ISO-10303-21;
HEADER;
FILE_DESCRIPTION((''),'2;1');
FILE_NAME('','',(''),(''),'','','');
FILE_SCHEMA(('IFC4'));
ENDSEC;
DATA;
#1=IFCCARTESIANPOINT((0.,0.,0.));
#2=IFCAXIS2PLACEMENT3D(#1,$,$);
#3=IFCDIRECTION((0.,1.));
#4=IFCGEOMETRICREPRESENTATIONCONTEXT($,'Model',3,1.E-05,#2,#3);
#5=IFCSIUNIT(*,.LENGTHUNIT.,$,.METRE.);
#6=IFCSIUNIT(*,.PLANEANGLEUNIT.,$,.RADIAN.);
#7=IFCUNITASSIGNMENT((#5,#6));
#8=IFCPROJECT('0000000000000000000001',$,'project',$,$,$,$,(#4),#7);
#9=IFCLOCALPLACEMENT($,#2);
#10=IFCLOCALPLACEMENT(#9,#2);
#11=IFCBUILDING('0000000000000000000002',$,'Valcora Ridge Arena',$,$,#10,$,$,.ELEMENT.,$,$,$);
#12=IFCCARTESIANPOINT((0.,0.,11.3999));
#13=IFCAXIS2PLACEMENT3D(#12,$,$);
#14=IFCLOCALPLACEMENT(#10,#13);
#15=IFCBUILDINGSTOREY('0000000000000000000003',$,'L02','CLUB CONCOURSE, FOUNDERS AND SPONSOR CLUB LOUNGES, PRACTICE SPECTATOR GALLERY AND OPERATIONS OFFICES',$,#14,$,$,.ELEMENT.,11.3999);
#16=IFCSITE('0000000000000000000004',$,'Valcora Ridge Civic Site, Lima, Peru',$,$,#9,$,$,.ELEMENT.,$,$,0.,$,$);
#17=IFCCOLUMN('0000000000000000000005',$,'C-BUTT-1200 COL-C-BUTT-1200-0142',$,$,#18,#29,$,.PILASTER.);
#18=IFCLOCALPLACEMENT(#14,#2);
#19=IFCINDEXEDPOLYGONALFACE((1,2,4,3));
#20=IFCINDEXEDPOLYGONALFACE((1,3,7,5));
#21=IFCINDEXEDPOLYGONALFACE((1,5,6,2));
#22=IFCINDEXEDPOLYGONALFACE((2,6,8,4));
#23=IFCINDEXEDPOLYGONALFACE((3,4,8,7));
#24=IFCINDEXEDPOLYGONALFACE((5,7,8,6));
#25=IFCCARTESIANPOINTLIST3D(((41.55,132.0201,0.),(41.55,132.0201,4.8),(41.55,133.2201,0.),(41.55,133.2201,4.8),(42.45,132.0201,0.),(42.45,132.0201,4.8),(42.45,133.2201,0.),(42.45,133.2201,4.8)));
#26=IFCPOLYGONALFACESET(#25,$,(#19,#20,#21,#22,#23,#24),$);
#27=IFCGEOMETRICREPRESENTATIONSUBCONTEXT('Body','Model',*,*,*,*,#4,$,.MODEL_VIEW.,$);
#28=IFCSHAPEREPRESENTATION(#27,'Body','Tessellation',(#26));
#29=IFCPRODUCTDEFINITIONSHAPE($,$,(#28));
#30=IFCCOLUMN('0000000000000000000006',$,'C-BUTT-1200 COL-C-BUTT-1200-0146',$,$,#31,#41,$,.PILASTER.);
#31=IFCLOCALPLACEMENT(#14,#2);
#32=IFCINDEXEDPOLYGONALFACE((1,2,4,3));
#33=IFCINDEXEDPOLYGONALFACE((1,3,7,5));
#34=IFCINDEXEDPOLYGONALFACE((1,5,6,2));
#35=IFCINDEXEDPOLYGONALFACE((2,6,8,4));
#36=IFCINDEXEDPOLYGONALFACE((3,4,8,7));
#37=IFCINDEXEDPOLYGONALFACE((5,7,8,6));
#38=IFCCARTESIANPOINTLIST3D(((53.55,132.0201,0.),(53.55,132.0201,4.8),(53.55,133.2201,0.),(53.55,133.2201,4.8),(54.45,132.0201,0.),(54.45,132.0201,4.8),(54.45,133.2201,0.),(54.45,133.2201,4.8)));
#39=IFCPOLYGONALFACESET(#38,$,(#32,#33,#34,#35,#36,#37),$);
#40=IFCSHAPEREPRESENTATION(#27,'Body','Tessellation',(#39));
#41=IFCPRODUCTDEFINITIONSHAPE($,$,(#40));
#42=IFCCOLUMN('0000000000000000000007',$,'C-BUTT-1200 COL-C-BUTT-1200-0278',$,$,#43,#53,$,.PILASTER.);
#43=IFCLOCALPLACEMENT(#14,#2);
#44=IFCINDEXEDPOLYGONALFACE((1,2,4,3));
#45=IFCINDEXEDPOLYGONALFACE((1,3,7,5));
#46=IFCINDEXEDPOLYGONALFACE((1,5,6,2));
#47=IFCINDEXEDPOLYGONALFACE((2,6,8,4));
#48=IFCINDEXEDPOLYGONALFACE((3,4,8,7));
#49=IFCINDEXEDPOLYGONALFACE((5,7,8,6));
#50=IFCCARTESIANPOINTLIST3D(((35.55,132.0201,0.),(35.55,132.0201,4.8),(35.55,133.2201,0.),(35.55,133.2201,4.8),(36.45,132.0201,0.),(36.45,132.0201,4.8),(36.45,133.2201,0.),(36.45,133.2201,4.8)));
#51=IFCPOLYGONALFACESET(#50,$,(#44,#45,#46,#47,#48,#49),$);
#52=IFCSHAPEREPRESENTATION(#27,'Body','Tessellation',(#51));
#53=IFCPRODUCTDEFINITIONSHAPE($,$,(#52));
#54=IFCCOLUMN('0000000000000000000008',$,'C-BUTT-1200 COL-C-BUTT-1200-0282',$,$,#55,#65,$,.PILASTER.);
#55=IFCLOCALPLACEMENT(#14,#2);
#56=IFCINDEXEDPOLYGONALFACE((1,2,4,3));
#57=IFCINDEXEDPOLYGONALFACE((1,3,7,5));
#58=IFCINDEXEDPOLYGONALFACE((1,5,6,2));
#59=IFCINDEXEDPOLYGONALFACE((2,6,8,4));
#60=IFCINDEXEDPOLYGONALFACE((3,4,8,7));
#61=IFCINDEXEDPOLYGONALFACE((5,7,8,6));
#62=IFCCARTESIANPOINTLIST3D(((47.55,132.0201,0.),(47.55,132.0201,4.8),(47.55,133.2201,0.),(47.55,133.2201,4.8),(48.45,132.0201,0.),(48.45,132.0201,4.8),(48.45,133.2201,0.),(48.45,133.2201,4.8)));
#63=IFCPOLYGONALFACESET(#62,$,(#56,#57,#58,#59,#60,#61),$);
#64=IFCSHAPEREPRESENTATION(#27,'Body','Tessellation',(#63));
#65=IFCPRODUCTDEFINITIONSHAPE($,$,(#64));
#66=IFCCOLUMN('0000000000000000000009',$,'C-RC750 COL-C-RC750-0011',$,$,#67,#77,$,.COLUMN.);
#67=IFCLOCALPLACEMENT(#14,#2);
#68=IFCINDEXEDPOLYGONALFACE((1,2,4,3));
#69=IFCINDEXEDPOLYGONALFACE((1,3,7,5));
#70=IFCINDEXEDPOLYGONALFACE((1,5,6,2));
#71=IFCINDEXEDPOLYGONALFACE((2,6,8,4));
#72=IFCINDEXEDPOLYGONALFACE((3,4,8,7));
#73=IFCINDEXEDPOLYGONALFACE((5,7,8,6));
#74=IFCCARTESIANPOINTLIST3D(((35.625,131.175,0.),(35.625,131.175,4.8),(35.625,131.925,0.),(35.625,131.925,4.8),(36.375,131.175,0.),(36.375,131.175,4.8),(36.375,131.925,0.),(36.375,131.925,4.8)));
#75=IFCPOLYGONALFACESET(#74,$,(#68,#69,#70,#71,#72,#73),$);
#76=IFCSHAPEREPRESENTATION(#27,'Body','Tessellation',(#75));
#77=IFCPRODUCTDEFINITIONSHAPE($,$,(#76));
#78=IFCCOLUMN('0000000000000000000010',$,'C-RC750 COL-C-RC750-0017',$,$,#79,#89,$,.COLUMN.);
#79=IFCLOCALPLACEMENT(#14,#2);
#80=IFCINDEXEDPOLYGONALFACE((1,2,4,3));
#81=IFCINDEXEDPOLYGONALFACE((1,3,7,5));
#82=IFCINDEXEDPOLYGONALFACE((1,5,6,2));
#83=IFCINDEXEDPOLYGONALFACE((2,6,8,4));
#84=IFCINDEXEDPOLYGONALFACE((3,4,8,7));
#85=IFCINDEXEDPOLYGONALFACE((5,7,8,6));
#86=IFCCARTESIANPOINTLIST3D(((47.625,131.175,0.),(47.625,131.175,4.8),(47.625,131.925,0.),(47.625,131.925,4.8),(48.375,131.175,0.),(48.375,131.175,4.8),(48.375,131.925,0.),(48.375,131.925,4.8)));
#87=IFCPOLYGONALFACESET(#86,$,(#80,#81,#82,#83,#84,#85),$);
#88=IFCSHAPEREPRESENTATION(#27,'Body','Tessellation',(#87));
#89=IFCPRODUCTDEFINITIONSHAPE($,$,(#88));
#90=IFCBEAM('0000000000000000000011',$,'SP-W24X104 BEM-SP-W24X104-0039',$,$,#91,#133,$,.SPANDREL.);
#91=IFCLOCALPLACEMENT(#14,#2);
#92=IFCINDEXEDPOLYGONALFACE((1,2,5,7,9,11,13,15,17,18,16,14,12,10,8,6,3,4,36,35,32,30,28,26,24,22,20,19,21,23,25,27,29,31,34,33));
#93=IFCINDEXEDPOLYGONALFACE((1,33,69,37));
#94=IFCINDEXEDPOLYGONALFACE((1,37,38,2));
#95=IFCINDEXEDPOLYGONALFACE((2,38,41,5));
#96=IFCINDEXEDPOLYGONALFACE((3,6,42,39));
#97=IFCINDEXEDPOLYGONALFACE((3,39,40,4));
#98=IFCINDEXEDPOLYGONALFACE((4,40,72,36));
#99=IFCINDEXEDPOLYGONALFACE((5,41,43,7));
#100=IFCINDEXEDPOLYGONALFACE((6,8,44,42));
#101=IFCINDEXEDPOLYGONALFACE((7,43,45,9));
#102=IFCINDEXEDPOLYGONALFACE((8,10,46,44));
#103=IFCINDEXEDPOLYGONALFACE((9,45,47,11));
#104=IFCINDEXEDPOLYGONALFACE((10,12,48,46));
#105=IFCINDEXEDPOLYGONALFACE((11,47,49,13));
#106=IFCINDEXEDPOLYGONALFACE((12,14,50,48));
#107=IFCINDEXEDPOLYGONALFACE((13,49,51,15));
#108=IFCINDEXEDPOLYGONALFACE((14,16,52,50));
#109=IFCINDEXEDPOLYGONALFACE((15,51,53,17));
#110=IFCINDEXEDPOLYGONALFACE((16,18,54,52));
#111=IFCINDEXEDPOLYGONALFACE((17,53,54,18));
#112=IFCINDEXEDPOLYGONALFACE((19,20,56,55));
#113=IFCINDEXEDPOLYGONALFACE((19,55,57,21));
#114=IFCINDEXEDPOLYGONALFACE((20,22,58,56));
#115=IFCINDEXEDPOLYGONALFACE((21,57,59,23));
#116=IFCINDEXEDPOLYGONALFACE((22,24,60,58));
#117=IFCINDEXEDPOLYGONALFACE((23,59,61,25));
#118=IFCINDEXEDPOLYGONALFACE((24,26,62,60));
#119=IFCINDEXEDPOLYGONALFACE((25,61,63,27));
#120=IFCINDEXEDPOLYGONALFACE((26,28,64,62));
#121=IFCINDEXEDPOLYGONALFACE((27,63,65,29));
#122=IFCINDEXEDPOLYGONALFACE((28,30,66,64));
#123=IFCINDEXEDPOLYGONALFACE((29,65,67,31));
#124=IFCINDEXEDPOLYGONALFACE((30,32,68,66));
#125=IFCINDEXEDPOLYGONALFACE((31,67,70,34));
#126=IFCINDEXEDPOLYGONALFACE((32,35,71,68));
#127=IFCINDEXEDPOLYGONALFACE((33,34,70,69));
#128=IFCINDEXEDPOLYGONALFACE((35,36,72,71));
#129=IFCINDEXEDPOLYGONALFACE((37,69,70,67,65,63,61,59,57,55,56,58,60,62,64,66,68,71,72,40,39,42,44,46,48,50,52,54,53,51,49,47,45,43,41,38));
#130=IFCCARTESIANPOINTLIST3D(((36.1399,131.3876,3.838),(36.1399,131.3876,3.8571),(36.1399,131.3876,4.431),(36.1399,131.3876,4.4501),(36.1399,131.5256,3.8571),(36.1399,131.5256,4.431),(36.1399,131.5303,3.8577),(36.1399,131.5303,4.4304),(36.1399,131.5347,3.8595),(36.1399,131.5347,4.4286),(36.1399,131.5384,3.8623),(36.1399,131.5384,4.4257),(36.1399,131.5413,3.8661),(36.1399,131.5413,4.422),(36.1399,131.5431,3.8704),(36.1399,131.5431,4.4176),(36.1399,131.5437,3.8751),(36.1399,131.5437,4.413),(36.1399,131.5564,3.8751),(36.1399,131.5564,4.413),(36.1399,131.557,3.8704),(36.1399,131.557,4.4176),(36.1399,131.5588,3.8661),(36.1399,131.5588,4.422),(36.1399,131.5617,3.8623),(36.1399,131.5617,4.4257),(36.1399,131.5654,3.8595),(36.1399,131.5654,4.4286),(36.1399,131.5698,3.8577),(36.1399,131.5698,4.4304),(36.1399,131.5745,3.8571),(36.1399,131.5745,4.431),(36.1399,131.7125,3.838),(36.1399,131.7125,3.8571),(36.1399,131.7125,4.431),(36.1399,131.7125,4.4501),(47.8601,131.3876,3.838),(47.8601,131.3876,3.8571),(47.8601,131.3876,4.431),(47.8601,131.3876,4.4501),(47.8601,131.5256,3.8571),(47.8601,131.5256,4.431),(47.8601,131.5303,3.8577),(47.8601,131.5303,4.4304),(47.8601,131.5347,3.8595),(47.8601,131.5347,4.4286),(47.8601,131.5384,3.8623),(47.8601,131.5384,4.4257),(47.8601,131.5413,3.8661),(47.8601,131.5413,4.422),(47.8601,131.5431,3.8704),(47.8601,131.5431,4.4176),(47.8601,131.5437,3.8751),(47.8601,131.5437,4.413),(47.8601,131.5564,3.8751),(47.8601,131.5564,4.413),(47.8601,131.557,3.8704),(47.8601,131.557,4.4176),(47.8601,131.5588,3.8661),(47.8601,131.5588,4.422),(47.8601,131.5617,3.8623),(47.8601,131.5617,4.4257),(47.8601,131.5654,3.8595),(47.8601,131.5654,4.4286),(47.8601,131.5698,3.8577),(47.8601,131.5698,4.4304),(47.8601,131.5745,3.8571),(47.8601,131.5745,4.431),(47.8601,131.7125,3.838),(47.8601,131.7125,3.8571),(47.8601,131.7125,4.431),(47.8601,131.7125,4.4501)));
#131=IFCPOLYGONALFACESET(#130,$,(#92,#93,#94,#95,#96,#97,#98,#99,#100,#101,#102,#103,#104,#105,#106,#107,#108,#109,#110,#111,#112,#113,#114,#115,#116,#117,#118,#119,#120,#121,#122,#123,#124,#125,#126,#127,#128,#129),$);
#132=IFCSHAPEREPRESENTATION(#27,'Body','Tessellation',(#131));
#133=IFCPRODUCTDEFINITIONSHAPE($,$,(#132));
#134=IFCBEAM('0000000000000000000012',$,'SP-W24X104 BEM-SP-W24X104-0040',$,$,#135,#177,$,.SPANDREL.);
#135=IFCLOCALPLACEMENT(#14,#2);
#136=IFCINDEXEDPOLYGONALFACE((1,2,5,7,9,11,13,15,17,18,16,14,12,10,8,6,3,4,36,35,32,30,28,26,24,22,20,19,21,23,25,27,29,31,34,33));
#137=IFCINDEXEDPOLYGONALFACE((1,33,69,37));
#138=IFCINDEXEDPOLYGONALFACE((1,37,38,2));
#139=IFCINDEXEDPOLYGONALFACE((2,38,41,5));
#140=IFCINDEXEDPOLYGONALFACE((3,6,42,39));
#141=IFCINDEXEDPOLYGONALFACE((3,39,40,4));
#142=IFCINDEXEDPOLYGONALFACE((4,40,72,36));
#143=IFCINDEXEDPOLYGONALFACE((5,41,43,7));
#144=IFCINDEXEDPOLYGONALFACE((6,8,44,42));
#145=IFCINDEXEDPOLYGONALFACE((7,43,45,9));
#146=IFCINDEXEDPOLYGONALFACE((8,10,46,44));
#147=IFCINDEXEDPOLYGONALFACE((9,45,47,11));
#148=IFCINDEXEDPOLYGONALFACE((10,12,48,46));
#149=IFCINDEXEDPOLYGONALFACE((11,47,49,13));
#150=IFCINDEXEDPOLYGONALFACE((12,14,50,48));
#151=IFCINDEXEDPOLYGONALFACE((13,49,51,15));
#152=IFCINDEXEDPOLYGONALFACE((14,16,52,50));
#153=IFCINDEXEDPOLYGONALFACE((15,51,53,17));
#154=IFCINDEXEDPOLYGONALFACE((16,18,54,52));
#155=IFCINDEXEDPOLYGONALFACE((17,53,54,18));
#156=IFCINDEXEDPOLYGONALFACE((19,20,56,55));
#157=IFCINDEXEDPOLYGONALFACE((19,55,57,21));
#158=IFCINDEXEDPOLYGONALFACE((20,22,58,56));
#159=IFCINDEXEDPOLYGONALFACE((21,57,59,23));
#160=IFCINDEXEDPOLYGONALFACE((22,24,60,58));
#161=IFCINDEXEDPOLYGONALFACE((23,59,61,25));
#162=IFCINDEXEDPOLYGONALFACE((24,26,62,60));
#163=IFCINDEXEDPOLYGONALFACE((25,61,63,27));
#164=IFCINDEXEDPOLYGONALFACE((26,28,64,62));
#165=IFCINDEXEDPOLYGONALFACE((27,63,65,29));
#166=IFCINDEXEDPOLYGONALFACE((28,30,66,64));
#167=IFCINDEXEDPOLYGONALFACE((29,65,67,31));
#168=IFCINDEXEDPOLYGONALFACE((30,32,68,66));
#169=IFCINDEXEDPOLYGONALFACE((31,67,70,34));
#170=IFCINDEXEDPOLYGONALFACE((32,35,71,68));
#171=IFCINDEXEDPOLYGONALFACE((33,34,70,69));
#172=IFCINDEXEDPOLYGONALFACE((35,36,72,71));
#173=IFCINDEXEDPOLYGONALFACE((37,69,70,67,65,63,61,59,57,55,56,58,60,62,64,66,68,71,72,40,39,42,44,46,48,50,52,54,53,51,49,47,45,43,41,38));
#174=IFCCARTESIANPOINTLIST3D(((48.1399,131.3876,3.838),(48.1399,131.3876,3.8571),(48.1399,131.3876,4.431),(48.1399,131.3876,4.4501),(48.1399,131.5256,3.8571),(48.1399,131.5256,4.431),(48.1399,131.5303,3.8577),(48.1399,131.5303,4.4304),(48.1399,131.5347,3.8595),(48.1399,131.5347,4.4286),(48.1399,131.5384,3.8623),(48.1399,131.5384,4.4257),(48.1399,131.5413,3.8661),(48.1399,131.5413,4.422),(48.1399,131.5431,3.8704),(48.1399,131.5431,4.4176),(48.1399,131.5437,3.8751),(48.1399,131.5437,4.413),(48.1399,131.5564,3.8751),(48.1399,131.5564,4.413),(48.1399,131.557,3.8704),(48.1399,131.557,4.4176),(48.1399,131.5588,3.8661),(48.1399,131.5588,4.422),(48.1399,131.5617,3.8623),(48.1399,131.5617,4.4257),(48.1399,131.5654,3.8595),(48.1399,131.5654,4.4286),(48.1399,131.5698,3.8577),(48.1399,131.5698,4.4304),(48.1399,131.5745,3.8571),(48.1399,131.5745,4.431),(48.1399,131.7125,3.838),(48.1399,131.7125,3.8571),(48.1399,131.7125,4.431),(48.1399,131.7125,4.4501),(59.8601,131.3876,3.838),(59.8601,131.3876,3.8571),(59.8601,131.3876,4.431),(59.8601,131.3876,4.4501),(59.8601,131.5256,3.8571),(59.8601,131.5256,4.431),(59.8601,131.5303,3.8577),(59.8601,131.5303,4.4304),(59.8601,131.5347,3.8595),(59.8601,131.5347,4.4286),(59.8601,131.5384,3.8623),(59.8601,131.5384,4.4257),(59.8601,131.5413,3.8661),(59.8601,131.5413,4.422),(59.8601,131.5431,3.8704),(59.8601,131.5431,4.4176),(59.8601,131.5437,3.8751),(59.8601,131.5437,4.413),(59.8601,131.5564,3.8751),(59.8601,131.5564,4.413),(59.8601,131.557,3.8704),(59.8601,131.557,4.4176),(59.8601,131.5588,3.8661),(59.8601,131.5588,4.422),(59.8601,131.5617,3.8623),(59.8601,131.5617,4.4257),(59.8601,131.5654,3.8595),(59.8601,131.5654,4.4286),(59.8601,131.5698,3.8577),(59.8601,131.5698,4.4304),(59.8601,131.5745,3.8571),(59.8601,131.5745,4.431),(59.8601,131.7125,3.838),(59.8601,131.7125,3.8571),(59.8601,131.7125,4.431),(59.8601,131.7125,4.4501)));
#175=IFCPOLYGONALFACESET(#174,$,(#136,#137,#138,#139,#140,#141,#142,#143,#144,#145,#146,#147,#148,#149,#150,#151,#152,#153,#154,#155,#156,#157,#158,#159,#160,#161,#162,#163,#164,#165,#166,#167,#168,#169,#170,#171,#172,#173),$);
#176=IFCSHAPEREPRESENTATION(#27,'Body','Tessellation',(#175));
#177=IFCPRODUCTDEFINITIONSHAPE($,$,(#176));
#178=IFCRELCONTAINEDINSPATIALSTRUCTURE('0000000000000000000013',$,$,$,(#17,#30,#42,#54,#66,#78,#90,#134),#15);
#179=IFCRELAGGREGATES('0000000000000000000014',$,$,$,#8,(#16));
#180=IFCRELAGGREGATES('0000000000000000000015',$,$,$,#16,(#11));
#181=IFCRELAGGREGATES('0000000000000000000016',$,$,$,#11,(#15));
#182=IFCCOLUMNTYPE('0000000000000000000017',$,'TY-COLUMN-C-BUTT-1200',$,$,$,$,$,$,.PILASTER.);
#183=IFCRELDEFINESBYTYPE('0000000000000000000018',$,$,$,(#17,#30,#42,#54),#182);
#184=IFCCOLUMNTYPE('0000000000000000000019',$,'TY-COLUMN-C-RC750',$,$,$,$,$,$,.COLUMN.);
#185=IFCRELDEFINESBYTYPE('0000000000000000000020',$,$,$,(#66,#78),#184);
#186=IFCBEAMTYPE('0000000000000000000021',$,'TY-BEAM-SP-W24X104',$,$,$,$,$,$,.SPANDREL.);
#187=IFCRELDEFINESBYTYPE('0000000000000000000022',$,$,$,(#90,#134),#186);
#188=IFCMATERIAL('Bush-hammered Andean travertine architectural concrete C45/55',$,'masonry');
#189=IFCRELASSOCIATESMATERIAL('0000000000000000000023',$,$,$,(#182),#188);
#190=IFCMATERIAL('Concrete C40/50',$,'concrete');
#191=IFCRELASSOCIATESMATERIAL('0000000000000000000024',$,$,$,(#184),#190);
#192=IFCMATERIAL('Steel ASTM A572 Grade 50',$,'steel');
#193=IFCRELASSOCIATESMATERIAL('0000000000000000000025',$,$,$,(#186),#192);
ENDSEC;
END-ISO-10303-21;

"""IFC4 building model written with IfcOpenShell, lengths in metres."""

from ifc_helpers import new_model, si_unit, direction, frame, origin, origin_2d, place, context, subcontext, project, spatial, rectangle, i_section, extrude, material, material_profile, profile_set, type_object, element, save


model = new_model("IFC4")

# Units and contexts
model_context = context("Model", 3, precision=1e-05, world=origin(), true_north=direction((0.0, 1.0)))
body_context = subcontext(model_context, "Body", "Model", "MODEL_VIEW")
ifc_project = project(units=[si_unit("LENGTHUNIT", "METRE"), si_unit("PLANEANGLEUNIT", "RADIAN")], contexts=[model_context])

# Site, building, storey
site_placement = place(None, origin())
site = spatial("IfcSite", under=ifc_project, at=site_placement, Name="Valcora Ridge Civic Site, Lima, Peru", CompositionType="ELEMENT", RefElevation=0.0)
building_placement = place(site_placement, origin())
building = spatial("IfcBuilding", under=site, at=building_placement, Name="Valcora Ridge Arena", CompositionType="ELEMENT")
storey_placement = place(building_placement, frame((0.0, 0.0, 11.3999)))
storey = spatial("IfcBuildingStorey", under=building, at=storey_placement, Name="L02", Description="CLUB CONCOURSE, FOUNDERS AND SPONSOR CLUB LOUNGES, PRACTICE SPECTATOR GALLERY AND OPERATIONS OFFICES", CompositionType="ELEMENT", Elevation=11.3999)

# Columns
ifc_material_1 = material(Name="Bush-hammered Andean travertine architectural concrete C45/55", Category="masonry")
ifc_material_profile_1 = material_profile(ifc_material_1, rectangle(XDim=0.8999, YDim=1.2, at=origin_2d()), Name="RC 900x1200")
ifc_profile_set_1 = profile_set([ifc_material_profile_1], Name="Bush-hammered Andean travertine architectural concrete C45/55")
column_type_1 = type_object("IfcColumnType", Name="TY-COLUMN-C-BUTT-1200", PredefinedType="PILASTER", material=ifc_profile_set_1)
for number, where, z_axis, x_axis, name in (
    (1, (42.0, 132.6201, 0.0), (0.0, 0.0, 1.0), (1.0, 0.0, 0.0), "C-BUTT-1200 COL-C-BUTT-1200-0142"),
    (2, (54.0, 132.6201, 0.0), (0.0, 0.0, 1.0), (1.0, 0.0, 0.0), "C-BUTT-1200 COL-C-BUTT-1200-0146"),
    (3, (36.0, 132.6201, 0.0), (0.0, 0.0, 1.0), (1.0, 0.0, 0.0), "C-BUTT-1200 COL-C-BUTT-1200-0278"),
    (4, (48.0, 132.6201, 0.0), (0.0, 0.0, 1.0), (1.0, 0.0, 0.0), "C-BUTT-1200 COL-C-BUTT-1200-0282"),
):
    element("IfcColumn", number, at=place(storey_placement, frame(where, z_axis=z_axis, x_axis=x_axis)), inside=storey, type_object=column_type_1, Name=name, PredefinedType="PILASTER", context=body_context, shape_type="SweptSolid", body=[
        extrude(rectangle(XDim=0.8999, YDim=1.2, at=origin_2d()), origin(), (0.0, 0.0, 1.0), 4.8),
    ])
ifc_material_2 = material(Name="Concrete C40/50", Category="concrete")
ifc_material_profile_2 = material_profile(ifc_material_2, rectangle(XDim=0.75, YDim=0.75, at=origin_2d()), Name="RC 750x750")
ifc_profile_set_2 = profile_set([ifc_material_profile_2], Name="Concrete C40/50")
column_type_2 = type_object("IfcColumnType", Name="TY-COLUMN-C-RC750", PredefinedType="COLUMN", material=ifc_profile_set_2)
for number, where, z_axis, x_axis, name in (
    (5, (36.0, 131.55, 0.0), (0.0, 0.0, 1.0), (1.0, 0.0, 0.0), "C-RC750 COL-C-RC750-0011"),
    (6, (48.0, 131.55, 0.0), (0.0, 0.0, 1.0), (1.0, 0.0, 0.0), "C-RC750 COL-C-RC750-0017"),
):
    element("IfcColumn", number, at=place(storey_placement, frame(where, z_axis=z_axis, x_axis=x_axis)), inside=storey, type_object=column_type_2, Name=name, PredefinedType="COLUMN", context=body_context, shape_type="SweptSolid", body=[
        extrude(rectangle(XDim=0.75, YDim=0.75, at=origin_2d()), origin(), (0.0, 0.0, 1.0), 4.8),
    ])

# Beams
ifc_material_3 = material(Name="Steel ASTM A572 Grade 50", Category="steel")
ifc_material_profile_3 = material_profile(ifc_material_3, i_section(OverallWidth=0.325, OverallDepth=0.6121, WebThickness=0.0127, FlangeThickness=0.019, FilletRadius=0.0181, at=origin_2d()), Name="W24X104")
ifc_profile_set_3 = profile_set([ifc_material_profile_3], Name="Steel ASTM A572 Grade 50")
beam_type = type_object("IfcBeamType", Name="TY-BEAM-SP-W24X104", PredefinedType="SPANDREL", material=ifc_profile_set_3)
for number, where, z_axis, x_axis, name in (
    (7, (36.1399, 131.55, 4.144), (1.0, 0.0, 0.0), (0.0, 1.0, 0.0), "SP-W24X104 BEM-SP-W24X104-0039"),
    (8, (48.1399, 131.55, 4.144), (1.0, 0.0, 0.0), (0.0, 1.0, 0.0), "SP-W24X104 BEM-SP-W24X104-0040"),
):
    element("IfcBeam", number, at=place(storey_placement, frame(where, z_axis=z_axis, x_axis=x_axis)), inside=storey, type_object=beam_type, Name=name, PredefinedType="SPANDREL", context=body_context, shape_type="SweptSolid", body=[
        extrude(i_section(OverallWidth=0.325, OverallDepth=0.6121, WebThickness=0.0127, FlangeThickness=0.019, FilletRadius=0.0181, at=origin_2d()), origin(), (0.0, 0.0, 1.0), 11.7202),
    ])

save(model, "model.ifc")
